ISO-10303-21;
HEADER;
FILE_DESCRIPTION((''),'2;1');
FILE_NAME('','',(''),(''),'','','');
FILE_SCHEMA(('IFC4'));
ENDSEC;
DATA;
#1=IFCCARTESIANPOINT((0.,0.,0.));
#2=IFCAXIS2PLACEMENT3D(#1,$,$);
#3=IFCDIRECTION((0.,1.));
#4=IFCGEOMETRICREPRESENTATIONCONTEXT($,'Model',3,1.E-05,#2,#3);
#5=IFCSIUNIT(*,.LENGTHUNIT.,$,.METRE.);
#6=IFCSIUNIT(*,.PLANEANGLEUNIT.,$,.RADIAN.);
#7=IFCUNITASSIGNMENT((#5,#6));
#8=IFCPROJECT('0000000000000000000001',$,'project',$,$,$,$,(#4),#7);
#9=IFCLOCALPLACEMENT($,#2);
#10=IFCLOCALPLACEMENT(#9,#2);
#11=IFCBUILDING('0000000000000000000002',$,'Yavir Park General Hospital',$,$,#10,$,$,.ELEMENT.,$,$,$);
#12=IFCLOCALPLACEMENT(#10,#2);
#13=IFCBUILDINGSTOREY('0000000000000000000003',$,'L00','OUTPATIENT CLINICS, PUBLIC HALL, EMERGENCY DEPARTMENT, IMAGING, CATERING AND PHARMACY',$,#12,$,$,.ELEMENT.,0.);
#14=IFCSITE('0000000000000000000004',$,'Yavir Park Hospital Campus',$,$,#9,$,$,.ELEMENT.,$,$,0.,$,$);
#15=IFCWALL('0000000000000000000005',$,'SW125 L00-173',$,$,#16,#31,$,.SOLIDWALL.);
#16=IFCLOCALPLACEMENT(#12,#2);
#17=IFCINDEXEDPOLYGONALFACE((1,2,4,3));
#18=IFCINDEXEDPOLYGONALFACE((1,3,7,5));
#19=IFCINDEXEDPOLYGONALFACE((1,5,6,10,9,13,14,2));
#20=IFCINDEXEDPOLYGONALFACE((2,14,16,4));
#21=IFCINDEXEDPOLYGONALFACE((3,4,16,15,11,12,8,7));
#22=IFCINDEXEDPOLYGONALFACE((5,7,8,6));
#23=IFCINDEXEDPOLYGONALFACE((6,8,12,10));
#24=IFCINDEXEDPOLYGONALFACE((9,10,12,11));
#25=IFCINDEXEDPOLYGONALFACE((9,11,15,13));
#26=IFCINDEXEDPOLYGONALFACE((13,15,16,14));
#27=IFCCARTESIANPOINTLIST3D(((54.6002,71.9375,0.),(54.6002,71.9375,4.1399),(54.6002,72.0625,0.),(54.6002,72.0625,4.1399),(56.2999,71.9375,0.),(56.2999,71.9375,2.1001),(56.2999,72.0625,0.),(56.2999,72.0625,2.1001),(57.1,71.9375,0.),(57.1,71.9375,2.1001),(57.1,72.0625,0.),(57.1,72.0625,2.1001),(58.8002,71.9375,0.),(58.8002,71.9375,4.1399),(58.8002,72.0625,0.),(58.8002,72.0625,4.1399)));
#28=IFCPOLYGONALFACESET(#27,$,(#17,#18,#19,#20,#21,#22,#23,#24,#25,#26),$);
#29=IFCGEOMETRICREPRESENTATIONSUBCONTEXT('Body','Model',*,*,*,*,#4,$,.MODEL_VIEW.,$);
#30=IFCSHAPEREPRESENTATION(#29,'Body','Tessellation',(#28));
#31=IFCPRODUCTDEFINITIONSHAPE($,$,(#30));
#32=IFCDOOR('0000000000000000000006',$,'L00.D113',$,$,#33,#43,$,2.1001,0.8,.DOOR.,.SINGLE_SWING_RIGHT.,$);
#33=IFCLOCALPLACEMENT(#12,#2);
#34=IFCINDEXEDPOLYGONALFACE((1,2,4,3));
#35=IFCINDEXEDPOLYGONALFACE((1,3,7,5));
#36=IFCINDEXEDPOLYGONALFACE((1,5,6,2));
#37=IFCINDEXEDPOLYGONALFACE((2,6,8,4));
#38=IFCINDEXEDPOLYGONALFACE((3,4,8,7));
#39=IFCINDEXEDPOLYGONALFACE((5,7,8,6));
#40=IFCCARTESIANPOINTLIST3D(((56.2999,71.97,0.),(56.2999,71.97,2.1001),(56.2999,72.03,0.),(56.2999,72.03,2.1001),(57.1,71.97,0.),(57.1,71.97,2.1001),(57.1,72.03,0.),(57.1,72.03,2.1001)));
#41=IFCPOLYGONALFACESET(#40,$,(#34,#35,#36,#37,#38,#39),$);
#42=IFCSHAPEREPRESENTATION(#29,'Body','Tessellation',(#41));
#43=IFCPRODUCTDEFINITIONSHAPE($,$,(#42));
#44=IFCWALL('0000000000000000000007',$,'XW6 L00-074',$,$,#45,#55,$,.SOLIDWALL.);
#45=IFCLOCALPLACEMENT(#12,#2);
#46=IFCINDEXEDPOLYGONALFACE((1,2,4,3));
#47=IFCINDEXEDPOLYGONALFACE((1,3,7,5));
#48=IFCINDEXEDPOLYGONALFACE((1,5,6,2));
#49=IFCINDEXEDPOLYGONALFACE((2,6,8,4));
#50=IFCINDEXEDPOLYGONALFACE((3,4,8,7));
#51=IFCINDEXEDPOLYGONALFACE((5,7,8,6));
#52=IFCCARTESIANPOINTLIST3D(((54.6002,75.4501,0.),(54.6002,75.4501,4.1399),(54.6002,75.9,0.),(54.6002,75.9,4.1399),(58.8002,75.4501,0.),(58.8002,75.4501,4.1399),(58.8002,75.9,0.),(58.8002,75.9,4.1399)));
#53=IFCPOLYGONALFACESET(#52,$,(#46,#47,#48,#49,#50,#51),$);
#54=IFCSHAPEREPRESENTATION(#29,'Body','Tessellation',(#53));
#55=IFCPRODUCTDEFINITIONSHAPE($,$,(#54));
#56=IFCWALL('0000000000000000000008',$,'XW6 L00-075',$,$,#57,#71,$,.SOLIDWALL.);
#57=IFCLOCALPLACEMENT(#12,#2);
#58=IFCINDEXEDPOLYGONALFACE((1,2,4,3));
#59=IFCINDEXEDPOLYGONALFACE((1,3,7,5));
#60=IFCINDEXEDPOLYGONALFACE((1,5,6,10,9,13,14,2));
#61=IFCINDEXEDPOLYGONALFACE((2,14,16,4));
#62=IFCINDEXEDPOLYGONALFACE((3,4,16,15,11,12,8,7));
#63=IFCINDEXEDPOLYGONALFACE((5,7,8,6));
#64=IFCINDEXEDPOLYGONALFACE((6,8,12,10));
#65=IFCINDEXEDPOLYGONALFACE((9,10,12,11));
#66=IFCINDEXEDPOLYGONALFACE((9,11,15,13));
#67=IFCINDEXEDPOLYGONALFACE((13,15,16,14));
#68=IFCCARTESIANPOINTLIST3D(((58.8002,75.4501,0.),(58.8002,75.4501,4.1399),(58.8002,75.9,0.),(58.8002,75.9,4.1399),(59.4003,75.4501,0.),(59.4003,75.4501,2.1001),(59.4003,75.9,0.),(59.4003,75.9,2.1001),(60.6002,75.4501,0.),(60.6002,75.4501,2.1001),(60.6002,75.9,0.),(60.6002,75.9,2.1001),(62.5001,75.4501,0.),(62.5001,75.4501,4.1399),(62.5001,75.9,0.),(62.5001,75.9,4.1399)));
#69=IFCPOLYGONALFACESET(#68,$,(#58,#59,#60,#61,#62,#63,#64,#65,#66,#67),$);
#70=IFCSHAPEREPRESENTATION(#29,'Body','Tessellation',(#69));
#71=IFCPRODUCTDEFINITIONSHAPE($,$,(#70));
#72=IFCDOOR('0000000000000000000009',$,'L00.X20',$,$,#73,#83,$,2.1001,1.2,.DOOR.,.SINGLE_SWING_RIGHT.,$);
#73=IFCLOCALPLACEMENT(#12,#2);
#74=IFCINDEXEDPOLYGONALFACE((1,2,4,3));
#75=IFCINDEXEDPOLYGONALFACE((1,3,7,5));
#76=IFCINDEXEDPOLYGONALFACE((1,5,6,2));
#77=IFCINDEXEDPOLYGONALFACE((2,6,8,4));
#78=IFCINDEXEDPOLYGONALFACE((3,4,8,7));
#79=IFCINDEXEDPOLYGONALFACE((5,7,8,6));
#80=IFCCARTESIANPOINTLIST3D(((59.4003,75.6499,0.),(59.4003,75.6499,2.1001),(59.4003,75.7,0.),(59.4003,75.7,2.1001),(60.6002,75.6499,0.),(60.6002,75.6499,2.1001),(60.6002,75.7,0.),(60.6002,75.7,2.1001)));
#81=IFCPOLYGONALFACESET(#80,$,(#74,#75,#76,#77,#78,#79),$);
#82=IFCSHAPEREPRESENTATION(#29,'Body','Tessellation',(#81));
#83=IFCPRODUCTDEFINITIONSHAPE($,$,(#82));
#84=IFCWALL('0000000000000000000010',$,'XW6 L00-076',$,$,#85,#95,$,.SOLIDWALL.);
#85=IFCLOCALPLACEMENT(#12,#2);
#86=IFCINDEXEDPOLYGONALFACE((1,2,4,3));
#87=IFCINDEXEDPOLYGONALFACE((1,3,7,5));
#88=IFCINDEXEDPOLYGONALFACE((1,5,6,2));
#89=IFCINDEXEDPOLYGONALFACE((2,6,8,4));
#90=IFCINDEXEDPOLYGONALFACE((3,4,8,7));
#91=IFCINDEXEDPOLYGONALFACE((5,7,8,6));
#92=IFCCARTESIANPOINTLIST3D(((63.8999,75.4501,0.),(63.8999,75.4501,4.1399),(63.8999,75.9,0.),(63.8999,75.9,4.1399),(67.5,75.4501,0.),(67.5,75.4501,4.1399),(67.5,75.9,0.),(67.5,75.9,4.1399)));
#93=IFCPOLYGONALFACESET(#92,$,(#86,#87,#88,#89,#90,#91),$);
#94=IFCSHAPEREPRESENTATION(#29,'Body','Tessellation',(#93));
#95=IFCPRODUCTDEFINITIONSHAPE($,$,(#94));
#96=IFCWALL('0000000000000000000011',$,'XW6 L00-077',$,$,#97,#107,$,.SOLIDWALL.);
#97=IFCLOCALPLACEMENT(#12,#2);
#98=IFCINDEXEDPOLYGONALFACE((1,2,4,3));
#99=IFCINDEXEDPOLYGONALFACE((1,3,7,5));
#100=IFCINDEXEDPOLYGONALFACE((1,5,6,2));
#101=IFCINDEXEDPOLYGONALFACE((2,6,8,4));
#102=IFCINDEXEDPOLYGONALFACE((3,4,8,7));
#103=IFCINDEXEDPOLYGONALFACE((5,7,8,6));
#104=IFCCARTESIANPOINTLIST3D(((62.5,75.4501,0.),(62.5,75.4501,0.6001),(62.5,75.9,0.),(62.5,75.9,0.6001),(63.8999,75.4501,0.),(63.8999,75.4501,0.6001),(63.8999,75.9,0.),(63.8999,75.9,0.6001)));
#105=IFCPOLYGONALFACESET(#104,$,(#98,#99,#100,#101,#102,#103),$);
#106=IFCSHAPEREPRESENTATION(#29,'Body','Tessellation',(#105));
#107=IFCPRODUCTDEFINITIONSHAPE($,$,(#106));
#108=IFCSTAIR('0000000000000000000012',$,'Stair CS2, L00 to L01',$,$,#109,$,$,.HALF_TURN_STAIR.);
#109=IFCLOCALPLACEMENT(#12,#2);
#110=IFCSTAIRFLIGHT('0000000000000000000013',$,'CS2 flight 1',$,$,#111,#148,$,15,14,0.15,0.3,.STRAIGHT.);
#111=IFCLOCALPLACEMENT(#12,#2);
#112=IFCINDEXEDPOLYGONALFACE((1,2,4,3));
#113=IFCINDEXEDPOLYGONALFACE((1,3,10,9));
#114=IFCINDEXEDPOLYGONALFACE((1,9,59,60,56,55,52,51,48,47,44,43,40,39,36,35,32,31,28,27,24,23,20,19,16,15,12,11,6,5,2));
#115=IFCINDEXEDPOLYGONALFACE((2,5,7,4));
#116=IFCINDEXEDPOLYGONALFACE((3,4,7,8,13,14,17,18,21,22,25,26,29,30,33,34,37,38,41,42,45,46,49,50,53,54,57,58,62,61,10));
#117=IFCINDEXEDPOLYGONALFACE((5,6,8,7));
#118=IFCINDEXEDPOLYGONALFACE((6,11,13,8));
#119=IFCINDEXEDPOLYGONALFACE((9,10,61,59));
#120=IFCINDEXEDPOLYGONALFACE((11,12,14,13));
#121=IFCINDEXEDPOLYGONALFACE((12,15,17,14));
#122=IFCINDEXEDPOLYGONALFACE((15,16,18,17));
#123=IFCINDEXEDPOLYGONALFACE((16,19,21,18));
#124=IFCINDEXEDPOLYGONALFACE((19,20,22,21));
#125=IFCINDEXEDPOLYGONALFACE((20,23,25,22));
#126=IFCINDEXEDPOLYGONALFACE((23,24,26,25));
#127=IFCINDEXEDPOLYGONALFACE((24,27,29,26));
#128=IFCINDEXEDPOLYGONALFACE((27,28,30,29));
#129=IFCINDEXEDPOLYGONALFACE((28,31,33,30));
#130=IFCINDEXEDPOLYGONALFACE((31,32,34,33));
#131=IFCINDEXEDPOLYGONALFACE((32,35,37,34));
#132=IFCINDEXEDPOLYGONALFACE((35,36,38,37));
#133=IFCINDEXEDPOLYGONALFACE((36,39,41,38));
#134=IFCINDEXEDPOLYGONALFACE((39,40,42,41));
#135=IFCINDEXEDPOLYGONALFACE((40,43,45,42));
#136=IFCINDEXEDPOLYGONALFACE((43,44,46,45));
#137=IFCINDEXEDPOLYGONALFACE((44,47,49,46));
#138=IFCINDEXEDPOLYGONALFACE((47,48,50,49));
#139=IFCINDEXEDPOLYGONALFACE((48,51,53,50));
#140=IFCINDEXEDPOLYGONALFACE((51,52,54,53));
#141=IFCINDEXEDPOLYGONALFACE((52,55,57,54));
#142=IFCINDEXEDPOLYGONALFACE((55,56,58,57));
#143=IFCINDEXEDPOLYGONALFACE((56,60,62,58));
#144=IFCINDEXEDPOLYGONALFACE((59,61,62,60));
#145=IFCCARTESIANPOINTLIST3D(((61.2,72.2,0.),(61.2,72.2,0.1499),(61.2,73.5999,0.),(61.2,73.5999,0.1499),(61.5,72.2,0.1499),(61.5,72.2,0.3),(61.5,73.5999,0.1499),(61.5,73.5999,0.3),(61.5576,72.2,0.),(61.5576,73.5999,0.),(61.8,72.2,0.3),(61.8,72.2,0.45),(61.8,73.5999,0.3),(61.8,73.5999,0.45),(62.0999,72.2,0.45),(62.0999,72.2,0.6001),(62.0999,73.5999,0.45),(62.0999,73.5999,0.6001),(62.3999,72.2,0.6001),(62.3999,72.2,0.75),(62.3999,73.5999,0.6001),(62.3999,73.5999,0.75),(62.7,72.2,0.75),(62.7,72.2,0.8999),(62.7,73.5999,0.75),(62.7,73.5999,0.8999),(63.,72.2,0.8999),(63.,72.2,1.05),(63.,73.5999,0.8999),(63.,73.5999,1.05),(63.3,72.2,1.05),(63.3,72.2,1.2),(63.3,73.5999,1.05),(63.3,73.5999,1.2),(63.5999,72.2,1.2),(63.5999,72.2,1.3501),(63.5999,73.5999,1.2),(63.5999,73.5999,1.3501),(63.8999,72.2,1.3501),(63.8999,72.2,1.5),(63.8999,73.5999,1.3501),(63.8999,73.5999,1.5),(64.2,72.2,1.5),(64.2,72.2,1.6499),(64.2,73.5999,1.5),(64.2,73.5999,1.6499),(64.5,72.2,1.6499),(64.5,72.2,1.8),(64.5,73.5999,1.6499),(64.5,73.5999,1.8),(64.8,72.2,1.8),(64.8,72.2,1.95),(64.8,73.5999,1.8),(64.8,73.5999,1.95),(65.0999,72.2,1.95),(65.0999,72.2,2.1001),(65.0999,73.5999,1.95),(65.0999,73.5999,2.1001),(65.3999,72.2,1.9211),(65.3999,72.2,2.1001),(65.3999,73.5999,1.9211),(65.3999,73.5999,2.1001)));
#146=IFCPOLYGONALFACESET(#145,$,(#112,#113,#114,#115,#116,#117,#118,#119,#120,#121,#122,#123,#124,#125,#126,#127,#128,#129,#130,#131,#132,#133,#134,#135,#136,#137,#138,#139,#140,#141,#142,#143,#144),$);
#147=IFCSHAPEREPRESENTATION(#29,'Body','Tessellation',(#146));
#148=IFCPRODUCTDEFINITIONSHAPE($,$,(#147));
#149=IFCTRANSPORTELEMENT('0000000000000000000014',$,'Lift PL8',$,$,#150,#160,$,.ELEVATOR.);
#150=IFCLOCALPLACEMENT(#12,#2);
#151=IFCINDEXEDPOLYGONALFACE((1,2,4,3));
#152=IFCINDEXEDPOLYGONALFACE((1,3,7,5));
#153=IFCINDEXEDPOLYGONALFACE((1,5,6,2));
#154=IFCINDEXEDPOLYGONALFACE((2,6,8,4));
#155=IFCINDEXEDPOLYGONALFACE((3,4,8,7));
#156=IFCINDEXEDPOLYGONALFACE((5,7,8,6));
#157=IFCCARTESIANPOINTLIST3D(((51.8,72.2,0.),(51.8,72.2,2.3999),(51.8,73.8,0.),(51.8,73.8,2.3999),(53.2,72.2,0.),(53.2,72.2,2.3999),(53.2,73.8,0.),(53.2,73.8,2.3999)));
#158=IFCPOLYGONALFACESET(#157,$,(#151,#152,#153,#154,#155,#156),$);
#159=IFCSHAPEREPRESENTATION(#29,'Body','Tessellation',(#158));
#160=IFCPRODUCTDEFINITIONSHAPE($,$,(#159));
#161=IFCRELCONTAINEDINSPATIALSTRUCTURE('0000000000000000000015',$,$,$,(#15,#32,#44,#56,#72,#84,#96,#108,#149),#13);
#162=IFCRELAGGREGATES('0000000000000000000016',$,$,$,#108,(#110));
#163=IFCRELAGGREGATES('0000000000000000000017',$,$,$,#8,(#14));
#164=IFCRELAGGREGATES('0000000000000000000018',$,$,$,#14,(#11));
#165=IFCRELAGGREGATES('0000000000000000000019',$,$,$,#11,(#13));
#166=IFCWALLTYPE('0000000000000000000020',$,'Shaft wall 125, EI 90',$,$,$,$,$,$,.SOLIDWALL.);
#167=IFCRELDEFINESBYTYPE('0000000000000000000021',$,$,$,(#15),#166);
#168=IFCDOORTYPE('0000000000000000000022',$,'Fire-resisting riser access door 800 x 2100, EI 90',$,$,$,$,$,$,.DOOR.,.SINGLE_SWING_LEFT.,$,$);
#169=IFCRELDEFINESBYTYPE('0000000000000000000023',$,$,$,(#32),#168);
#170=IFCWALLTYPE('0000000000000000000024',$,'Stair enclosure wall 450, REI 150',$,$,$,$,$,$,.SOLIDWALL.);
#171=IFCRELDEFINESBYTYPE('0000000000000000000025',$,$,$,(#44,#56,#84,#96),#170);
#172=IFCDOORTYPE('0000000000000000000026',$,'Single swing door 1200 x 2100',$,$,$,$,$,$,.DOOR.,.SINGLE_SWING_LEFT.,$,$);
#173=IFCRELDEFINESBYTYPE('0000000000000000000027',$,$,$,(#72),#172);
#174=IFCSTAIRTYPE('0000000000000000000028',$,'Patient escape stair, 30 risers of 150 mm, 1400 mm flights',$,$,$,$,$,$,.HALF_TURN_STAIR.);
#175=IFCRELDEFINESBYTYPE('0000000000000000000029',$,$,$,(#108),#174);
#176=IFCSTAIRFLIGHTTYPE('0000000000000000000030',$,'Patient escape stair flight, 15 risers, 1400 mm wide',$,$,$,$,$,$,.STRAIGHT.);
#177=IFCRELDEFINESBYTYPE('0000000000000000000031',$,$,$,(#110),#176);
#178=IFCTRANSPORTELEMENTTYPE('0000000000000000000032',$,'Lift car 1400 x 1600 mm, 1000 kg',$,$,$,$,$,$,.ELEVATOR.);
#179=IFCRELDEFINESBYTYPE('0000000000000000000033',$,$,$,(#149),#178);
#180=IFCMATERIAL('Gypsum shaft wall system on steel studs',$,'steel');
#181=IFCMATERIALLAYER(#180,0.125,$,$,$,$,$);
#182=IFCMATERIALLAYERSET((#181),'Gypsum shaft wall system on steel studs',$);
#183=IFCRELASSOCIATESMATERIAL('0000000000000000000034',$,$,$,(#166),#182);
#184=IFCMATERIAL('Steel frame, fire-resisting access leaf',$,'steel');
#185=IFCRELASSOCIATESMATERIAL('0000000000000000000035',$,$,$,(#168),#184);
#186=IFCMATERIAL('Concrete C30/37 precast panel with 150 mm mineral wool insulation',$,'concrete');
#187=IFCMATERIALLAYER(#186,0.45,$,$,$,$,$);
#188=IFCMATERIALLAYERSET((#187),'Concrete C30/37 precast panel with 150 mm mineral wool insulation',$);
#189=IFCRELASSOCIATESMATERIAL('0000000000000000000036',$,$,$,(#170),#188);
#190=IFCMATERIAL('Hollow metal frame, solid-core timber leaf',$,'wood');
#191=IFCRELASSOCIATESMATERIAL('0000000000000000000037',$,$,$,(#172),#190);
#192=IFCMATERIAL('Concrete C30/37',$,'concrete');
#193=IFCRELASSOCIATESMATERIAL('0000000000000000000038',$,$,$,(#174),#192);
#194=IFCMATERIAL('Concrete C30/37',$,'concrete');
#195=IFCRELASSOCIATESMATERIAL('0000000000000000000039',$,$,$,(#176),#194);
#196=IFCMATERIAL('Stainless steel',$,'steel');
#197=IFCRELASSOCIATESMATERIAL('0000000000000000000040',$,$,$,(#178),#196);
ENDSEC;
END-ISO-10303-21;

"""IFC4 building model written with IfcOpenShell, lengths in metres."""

from ifc_helpers import new_model, si_unit, direction, frame, frame_2d, origin, origin_2d, place, context, subcontext, project, spatial, polyline, rectangle, outline, extrude, material, layer, layer_set, type_object, element, fill, aggregate, save


model = new_model("IFC4")

# Units and contexts
model_context = context("Model", 3, precision=1e-05, world=origin(), true_north=direction((0.0, 1.0)))
body_context = subcontext(model_context, "Body", "Model", "MODEL_VIEW")
ifc_project = project(units=[si_unit("LENGTHUNIT", "METRE"), si_unit("PLANEANGLEUNIT", "RADIAN")], contexts=[model_context])

# Site, building, storey
site_placement = place(None, origin())
site = spatial("IfcSite", under=ifc_project, at=site_placement, Name="Yavir Park Hospital Campus", CompositionType="ELEMENT", RefElevation=0.0)
building_placement = place(site_placement, origin())
building = spatial("IfcBuilding", under=site, at=building_placement, Name="Yavir Park General Hospital", CompositionType="ELEMENT")
storey_placement = place(building_placement, origin())
storey = spatial("IfcBuildingStorey", under=building, at=storey_placement, Name="L00", Description="OUTPATIENT CLINICS, PUBLIC HALL, EMERGENCY DEPARTMENT, IMAGING, CATERING AND PHARMACY", CompositionType="ELEMENT", Elevation=0.0)

# Wall, opening, door
ifc_material_1 = material(Name="Gypsum shaft wall system on steel studs", Category="steel")
ifc_layer_1 = layer(ifc_material_1, 0.125)
ifc_layer_set_1 = layer_set([ifc_layer_1], Name="Gypsum shaft wall system on steel studs")
wall_type_1 = type_object("IfcWallType", Name="Shaft wall 125, EI 90", PredefinedType="SOLIDWALL", material=ifc_layer_set_1)
wall_1_placement = place(storey_placement, frame((54.6001, 72.0, 0.0), z_axis=(0.0, 0.0, 1.0), x_axis=(1.0, 0.0, 0.0)))
wall_1 = element("IfcWall", 1, at=wall_1_placement, inside=storey, type_object=wall_type_1, Name="SW125 L00-173", PredefinedType="SOLIDWALL", context=body_context, shape_type="SweptSolid", body=[
    extrude(rectangle(XDim=4.2, YDim=0.125, at=frame_2d((2.1001, 0.0))), origin(), (0.0, 0.0, 1.0), 4.1399),
])
opening_1_placement = place(wall_1_placement, frame((1.7, 0.0, 0.0)))
opening_1 = element("IfcOpeningElement", 2, at=opening_1_placement, cuts=wall_1, PredefinedType="OPENING", context=body_context, shape_type="SweptSolid", body=[
    extrude(rectangle(XDim=0.8, YDim=2.1001, at=frame_2d((0.3999, 1.05))), frame((0.0, 0.0725, 0.0), z_axis=(0.0, -1.0, 0.0), x_axis=(1.0, 0.0, 0.0)), (0.0, 0.0, 1.0), 0.145),
])
ifc_material_2 = material(Name="Steel frame, fire-resisting access leaf", Category="steel")
door_type_1 = type_object("IfcDoorType", Name="Fire-resisting riser access door 800 x 2100, EI 90", OperationType="SINGLE_SWING_LEFT", PredefinedType="DOOR", material=ifc_material_2)
door_1_placement = place(opening_1_placement, origin())
door_1 = element("IfcDoor", 3, at=door_1_placement, inside=storey, type_object=door_type_1, Name="L00.D113", OperationType="SINGLE_SWING_RIGHT", OverallHeight=2.1001, OverallWidth=0.8, PredefinedType="DOOR", context=body_context, shape_type="SweptSolid", body=[
    extrude(rectangle(XDim=0.8, YDim=2.1001, at=frame_2d((0.3999, 1.05))), frame((0.0, 0.03, 0.0), z_axis=(0.0, -1.0, 0.0), x_axis=(1.0, 0.0, 0.0)), (0.0, 0.0, 1.0), 0.0601),
])
fill(opening_1, door_1)

# Wall
ifc_material_3 = material(Name="Concrete C30/37 precast panel with 150 mm mineral wool insulation", Category="concrete")
ifc_layer_2 = layer(ifc_material_3, 0.45)
ifc_layer_set_2 = layer_set([ifc_layer_2], Name="Concrete C30/37 precast panel with 150 mm mineral wool insulation")
wall_type_2 = type_object("IfcWallType", Name="Stair enclosure wall 450, REI 150", PredefinedType="SOLIDWALL", material=ifc_layer_set_2)
wall_2_placement = place(storey_placement, frame((54.6001, 75.675, 0.0), z_axis=(0.0, 0.0, 1.0), x_axis=(1.0, 0.0, 0.0)))
element("IfcWall", 4, at=wall_2_placement, inside=storey, type_object=wall_type_2, Name="XW6 L00-074", PredefinedType="SOLIDWALL", context=body_context, shape_type="SweptSolid", body=[
    extrude(rectangle(XDim=4.2, YDim=0.45, at=frame_2d((2.1001, 0.0))), origin(), (0.0, 0.0, 1.0), 4.1399),
])

# Wall, opening, door
wall_3_placement = place(storey_placement, frame((58.8, 75.675, 0.0), z_axis=(0.0, 0.0, 1.0), x_axis=(1.0, 0.0, 0.0)))
wall_3 = element("IfcWall", 5, at=wall_3_placement, inside=storey, type_object=wall_type_2, Name="XW6 L00-075", PredefinedType="SOLIDWALL", context=body_context, shape_type="SweptSolid", body=[
    extrude(rectangle(XDim=3.7, YDim=0.45, at=frame_2d((1.8501, 0.0))), origin(), (0.0, 0.0, 1.0), 4.1399),
])
opening_2_placement = place(wall_3_placement, frame((0.6001, 0.0, 0.0)))
opening_2 = element("IfcOpeningElement", 6, at=opening_2_placement, cuts=wall_3, PredefinedType="OPENING", context=body_context, shape_type="SweptSolid", body=[
    extrude(rectangle(XDim=1.2, YDim=2.1001, at=frame_2d((0.6001, 1.05))), frame((0.0, 0.2349, 0.0), z_axis=(0.0, -1.0, 0.0), x_axis=(1.0, 0.0, 0.0)), (0.0, 0.0, 1.0), 0.47),
])
ifc_material_4 = material(Name="Hollow metal frame, solid-core timber leaf", Category="wood")
door_type_2 = type_object("IfcDoorType", Name="Single swing door 1200 x 2100", OperationType="SINGLE_SWING_LEFT", PredefinedType="DOOR", material=ifc_material_4)
door_2_placement = place(opening_2_placement, origin())
door_2 = element("IfcDoor", 7, at=door_2_placement, inside=storey, type_object=door_type_2, Name="L00.X20", OperationType="SINGLE_SWING_RIGHT", OverallHeight=2.1001, OverallWidth=1.2, PredefinedType="DOOR", context=body_context, shape_type="SweptSolid", body=[
    extrude(rectangle(XDim=1.2, YDim=2.1001, at=frame_2d((0.6001, 1.05))), frame((0.0, 0.0249, 0.0), z_axis=(0.0, -1.0, 0.0), x_axis=(1.0, 0.0, 0.0)), (0.0, 0.0, 1.0), 0.05),
])
fill(opening_2, door_2)

# Walls
wall_4_placement = place(storey_placement, frame((63.8999, 75.675, 0.0), z_axis=(0.0, 0.0, 1.0), x_axis=(1.0, 0.0, 0.0)))
element("IfcWall", 8, at=wall_4_placement, inside=storey, type_object=wall_type_2, Name="XW6 L00-076", PredefinedType="SOLIDWALL", context=body_context, shape_type="SweptSolid", body=[
    extrude(rectangle(XDim=3.6001, YDim=0.45, at=frame_2d((1.8, 0.0))), origin(), (0.0, 0.0, 1.0), 4.1399),
])
wall_5_placement = place(storey_placement, frame((62.5, 75.675, 0.0), z_axis=(0.0, 0.0, 1.0), x_axis=(1.0, 0.0, 0.0)))
element("IfcWall", 9, at=wall_5_placement, inside=storey, type_object=wall_type_2, Name="XW6 L00-077", PredefinedType="SOLIDWALL", context=body_context, shape_type="SweptSolid", body=[
    extrude(rectangle(XDim=1.3999, YDim=0.45, at=frame_2d((0.7, 0.0))), origin(), (0.0, 0.0, 1.0), 0.6001),
])

# Stair, stair flight
ifc_material_5 = material(Name="Concrete C30/37", Category="concrete")
stair_type = type_object("IfcStairType", Name="Patient escape stair, 30 risers of 150 mm, 1400 mm flights", PredefinedType="HALF_TURN_STAIR", material=ifc_material_5)
stair_placement = place(storey_placement, origin())
stair = element("IfcStair", 10, at=stair_placement, inside=storey, type_object=stair_type, Name="Stair CS2, L00 to L01", PredefinedType="HALF_TURN_STAIR")
ifc_material_6 = material(Name="Concrete C30/37", Category="concrete")
stair_flight_type = type_object("IfcStairFlightType", Name="Patient escape stair flight, 15 risers, 1400 mm wide", PredefinedType="STRAIGHT", material=ifc_material_6)
stair_flight_placement = place(storey_placement, frame((61.2, 72.8999, 0.0), z_axis=(0.0, 0.0, 1.0), x_axis=(1.0, 0.0, 0.0)))
stair_flight = element("IfcStairFlight", 11, at=stair_flight_placement, type_object=stair_flight_type, Name="CS2 flight 1", NumberOfRisers=15, NumberOfTreads=14, PredefinedType="STRAIGHT", RiserHeight=0.15, TreadLength=0.3, context=body_context, shape_type="SweptSolid", body=[
    extrude(outline(polyline([(0.0, 0.0), (0.0, 0.1499), (0.3, 0.1499), (0.3, 0.3), (0.6001, 0.3), (0.6001, 0.45), (0.8999, 0.45), (0.8999, 0.6001), (1.2, 0.6001), (1.2, 0.75), (1.5, 0.75), (1.5, 0.8999), (1.8, 0.8999), (1.8, 1.05), (2.1001, 1.05), (2.1001, 1.2), (2.3999, 1.2), (2.3999, 1.3501), (2.7, 1.3501), (2.7, 1.5), (3.0, 1.5), (3.0, 1.6499), (3.3, 1.6499), (3.3, 1.8), (3.6001, 1.8), (3.6001, 1.95), (3.8999, 1.95), (3.8999, 2.1001), (4.2, 2.1001), (4.2, 2.25), (4.2, 1.9211), (0.3577, 0.0), (0.0, 0.0)])), frame((0.0, 0.7, 0.0), z_axis=(0.0, -1.0, 0.0), x_axis=(1.0, 0.0, 0.0)), (0.0, 0.0, 1.0), 1.3999),
])
aggregate(stair, [stair_flight])

# Transport element
ifc_material_7 = material(Name="Stainless steel", Category="steel")
transport_element_type = type_object("IfcTransportElementType", Name="Lift car 1400 x 1600 mm, 1000 kg", PredefinedType="ELEVATOR", material=ifc_material_7)
transport_element_placement = place(storey_placement, frame((52.5, 73.0, 0.0), z_axis=(0.0, 0.0, 1.0), x_axis=(1.0, 0.0, 0.0)))
element("IfcTransportElement", 12, at=transport_element_placement, inside=storey, type_object=transport_element_type, Name="Lift PL8", PredefinedType="ELEVATOR", context=body_context, shape_type="SweptSolid", body=[
    extrude(rectangle(XDim=1.3999, YDim=1.6001, at=origin_2d()), origin(), (0.0, 0.0, 1.0), 2.3999),
])

save(model, "model.ifc")
